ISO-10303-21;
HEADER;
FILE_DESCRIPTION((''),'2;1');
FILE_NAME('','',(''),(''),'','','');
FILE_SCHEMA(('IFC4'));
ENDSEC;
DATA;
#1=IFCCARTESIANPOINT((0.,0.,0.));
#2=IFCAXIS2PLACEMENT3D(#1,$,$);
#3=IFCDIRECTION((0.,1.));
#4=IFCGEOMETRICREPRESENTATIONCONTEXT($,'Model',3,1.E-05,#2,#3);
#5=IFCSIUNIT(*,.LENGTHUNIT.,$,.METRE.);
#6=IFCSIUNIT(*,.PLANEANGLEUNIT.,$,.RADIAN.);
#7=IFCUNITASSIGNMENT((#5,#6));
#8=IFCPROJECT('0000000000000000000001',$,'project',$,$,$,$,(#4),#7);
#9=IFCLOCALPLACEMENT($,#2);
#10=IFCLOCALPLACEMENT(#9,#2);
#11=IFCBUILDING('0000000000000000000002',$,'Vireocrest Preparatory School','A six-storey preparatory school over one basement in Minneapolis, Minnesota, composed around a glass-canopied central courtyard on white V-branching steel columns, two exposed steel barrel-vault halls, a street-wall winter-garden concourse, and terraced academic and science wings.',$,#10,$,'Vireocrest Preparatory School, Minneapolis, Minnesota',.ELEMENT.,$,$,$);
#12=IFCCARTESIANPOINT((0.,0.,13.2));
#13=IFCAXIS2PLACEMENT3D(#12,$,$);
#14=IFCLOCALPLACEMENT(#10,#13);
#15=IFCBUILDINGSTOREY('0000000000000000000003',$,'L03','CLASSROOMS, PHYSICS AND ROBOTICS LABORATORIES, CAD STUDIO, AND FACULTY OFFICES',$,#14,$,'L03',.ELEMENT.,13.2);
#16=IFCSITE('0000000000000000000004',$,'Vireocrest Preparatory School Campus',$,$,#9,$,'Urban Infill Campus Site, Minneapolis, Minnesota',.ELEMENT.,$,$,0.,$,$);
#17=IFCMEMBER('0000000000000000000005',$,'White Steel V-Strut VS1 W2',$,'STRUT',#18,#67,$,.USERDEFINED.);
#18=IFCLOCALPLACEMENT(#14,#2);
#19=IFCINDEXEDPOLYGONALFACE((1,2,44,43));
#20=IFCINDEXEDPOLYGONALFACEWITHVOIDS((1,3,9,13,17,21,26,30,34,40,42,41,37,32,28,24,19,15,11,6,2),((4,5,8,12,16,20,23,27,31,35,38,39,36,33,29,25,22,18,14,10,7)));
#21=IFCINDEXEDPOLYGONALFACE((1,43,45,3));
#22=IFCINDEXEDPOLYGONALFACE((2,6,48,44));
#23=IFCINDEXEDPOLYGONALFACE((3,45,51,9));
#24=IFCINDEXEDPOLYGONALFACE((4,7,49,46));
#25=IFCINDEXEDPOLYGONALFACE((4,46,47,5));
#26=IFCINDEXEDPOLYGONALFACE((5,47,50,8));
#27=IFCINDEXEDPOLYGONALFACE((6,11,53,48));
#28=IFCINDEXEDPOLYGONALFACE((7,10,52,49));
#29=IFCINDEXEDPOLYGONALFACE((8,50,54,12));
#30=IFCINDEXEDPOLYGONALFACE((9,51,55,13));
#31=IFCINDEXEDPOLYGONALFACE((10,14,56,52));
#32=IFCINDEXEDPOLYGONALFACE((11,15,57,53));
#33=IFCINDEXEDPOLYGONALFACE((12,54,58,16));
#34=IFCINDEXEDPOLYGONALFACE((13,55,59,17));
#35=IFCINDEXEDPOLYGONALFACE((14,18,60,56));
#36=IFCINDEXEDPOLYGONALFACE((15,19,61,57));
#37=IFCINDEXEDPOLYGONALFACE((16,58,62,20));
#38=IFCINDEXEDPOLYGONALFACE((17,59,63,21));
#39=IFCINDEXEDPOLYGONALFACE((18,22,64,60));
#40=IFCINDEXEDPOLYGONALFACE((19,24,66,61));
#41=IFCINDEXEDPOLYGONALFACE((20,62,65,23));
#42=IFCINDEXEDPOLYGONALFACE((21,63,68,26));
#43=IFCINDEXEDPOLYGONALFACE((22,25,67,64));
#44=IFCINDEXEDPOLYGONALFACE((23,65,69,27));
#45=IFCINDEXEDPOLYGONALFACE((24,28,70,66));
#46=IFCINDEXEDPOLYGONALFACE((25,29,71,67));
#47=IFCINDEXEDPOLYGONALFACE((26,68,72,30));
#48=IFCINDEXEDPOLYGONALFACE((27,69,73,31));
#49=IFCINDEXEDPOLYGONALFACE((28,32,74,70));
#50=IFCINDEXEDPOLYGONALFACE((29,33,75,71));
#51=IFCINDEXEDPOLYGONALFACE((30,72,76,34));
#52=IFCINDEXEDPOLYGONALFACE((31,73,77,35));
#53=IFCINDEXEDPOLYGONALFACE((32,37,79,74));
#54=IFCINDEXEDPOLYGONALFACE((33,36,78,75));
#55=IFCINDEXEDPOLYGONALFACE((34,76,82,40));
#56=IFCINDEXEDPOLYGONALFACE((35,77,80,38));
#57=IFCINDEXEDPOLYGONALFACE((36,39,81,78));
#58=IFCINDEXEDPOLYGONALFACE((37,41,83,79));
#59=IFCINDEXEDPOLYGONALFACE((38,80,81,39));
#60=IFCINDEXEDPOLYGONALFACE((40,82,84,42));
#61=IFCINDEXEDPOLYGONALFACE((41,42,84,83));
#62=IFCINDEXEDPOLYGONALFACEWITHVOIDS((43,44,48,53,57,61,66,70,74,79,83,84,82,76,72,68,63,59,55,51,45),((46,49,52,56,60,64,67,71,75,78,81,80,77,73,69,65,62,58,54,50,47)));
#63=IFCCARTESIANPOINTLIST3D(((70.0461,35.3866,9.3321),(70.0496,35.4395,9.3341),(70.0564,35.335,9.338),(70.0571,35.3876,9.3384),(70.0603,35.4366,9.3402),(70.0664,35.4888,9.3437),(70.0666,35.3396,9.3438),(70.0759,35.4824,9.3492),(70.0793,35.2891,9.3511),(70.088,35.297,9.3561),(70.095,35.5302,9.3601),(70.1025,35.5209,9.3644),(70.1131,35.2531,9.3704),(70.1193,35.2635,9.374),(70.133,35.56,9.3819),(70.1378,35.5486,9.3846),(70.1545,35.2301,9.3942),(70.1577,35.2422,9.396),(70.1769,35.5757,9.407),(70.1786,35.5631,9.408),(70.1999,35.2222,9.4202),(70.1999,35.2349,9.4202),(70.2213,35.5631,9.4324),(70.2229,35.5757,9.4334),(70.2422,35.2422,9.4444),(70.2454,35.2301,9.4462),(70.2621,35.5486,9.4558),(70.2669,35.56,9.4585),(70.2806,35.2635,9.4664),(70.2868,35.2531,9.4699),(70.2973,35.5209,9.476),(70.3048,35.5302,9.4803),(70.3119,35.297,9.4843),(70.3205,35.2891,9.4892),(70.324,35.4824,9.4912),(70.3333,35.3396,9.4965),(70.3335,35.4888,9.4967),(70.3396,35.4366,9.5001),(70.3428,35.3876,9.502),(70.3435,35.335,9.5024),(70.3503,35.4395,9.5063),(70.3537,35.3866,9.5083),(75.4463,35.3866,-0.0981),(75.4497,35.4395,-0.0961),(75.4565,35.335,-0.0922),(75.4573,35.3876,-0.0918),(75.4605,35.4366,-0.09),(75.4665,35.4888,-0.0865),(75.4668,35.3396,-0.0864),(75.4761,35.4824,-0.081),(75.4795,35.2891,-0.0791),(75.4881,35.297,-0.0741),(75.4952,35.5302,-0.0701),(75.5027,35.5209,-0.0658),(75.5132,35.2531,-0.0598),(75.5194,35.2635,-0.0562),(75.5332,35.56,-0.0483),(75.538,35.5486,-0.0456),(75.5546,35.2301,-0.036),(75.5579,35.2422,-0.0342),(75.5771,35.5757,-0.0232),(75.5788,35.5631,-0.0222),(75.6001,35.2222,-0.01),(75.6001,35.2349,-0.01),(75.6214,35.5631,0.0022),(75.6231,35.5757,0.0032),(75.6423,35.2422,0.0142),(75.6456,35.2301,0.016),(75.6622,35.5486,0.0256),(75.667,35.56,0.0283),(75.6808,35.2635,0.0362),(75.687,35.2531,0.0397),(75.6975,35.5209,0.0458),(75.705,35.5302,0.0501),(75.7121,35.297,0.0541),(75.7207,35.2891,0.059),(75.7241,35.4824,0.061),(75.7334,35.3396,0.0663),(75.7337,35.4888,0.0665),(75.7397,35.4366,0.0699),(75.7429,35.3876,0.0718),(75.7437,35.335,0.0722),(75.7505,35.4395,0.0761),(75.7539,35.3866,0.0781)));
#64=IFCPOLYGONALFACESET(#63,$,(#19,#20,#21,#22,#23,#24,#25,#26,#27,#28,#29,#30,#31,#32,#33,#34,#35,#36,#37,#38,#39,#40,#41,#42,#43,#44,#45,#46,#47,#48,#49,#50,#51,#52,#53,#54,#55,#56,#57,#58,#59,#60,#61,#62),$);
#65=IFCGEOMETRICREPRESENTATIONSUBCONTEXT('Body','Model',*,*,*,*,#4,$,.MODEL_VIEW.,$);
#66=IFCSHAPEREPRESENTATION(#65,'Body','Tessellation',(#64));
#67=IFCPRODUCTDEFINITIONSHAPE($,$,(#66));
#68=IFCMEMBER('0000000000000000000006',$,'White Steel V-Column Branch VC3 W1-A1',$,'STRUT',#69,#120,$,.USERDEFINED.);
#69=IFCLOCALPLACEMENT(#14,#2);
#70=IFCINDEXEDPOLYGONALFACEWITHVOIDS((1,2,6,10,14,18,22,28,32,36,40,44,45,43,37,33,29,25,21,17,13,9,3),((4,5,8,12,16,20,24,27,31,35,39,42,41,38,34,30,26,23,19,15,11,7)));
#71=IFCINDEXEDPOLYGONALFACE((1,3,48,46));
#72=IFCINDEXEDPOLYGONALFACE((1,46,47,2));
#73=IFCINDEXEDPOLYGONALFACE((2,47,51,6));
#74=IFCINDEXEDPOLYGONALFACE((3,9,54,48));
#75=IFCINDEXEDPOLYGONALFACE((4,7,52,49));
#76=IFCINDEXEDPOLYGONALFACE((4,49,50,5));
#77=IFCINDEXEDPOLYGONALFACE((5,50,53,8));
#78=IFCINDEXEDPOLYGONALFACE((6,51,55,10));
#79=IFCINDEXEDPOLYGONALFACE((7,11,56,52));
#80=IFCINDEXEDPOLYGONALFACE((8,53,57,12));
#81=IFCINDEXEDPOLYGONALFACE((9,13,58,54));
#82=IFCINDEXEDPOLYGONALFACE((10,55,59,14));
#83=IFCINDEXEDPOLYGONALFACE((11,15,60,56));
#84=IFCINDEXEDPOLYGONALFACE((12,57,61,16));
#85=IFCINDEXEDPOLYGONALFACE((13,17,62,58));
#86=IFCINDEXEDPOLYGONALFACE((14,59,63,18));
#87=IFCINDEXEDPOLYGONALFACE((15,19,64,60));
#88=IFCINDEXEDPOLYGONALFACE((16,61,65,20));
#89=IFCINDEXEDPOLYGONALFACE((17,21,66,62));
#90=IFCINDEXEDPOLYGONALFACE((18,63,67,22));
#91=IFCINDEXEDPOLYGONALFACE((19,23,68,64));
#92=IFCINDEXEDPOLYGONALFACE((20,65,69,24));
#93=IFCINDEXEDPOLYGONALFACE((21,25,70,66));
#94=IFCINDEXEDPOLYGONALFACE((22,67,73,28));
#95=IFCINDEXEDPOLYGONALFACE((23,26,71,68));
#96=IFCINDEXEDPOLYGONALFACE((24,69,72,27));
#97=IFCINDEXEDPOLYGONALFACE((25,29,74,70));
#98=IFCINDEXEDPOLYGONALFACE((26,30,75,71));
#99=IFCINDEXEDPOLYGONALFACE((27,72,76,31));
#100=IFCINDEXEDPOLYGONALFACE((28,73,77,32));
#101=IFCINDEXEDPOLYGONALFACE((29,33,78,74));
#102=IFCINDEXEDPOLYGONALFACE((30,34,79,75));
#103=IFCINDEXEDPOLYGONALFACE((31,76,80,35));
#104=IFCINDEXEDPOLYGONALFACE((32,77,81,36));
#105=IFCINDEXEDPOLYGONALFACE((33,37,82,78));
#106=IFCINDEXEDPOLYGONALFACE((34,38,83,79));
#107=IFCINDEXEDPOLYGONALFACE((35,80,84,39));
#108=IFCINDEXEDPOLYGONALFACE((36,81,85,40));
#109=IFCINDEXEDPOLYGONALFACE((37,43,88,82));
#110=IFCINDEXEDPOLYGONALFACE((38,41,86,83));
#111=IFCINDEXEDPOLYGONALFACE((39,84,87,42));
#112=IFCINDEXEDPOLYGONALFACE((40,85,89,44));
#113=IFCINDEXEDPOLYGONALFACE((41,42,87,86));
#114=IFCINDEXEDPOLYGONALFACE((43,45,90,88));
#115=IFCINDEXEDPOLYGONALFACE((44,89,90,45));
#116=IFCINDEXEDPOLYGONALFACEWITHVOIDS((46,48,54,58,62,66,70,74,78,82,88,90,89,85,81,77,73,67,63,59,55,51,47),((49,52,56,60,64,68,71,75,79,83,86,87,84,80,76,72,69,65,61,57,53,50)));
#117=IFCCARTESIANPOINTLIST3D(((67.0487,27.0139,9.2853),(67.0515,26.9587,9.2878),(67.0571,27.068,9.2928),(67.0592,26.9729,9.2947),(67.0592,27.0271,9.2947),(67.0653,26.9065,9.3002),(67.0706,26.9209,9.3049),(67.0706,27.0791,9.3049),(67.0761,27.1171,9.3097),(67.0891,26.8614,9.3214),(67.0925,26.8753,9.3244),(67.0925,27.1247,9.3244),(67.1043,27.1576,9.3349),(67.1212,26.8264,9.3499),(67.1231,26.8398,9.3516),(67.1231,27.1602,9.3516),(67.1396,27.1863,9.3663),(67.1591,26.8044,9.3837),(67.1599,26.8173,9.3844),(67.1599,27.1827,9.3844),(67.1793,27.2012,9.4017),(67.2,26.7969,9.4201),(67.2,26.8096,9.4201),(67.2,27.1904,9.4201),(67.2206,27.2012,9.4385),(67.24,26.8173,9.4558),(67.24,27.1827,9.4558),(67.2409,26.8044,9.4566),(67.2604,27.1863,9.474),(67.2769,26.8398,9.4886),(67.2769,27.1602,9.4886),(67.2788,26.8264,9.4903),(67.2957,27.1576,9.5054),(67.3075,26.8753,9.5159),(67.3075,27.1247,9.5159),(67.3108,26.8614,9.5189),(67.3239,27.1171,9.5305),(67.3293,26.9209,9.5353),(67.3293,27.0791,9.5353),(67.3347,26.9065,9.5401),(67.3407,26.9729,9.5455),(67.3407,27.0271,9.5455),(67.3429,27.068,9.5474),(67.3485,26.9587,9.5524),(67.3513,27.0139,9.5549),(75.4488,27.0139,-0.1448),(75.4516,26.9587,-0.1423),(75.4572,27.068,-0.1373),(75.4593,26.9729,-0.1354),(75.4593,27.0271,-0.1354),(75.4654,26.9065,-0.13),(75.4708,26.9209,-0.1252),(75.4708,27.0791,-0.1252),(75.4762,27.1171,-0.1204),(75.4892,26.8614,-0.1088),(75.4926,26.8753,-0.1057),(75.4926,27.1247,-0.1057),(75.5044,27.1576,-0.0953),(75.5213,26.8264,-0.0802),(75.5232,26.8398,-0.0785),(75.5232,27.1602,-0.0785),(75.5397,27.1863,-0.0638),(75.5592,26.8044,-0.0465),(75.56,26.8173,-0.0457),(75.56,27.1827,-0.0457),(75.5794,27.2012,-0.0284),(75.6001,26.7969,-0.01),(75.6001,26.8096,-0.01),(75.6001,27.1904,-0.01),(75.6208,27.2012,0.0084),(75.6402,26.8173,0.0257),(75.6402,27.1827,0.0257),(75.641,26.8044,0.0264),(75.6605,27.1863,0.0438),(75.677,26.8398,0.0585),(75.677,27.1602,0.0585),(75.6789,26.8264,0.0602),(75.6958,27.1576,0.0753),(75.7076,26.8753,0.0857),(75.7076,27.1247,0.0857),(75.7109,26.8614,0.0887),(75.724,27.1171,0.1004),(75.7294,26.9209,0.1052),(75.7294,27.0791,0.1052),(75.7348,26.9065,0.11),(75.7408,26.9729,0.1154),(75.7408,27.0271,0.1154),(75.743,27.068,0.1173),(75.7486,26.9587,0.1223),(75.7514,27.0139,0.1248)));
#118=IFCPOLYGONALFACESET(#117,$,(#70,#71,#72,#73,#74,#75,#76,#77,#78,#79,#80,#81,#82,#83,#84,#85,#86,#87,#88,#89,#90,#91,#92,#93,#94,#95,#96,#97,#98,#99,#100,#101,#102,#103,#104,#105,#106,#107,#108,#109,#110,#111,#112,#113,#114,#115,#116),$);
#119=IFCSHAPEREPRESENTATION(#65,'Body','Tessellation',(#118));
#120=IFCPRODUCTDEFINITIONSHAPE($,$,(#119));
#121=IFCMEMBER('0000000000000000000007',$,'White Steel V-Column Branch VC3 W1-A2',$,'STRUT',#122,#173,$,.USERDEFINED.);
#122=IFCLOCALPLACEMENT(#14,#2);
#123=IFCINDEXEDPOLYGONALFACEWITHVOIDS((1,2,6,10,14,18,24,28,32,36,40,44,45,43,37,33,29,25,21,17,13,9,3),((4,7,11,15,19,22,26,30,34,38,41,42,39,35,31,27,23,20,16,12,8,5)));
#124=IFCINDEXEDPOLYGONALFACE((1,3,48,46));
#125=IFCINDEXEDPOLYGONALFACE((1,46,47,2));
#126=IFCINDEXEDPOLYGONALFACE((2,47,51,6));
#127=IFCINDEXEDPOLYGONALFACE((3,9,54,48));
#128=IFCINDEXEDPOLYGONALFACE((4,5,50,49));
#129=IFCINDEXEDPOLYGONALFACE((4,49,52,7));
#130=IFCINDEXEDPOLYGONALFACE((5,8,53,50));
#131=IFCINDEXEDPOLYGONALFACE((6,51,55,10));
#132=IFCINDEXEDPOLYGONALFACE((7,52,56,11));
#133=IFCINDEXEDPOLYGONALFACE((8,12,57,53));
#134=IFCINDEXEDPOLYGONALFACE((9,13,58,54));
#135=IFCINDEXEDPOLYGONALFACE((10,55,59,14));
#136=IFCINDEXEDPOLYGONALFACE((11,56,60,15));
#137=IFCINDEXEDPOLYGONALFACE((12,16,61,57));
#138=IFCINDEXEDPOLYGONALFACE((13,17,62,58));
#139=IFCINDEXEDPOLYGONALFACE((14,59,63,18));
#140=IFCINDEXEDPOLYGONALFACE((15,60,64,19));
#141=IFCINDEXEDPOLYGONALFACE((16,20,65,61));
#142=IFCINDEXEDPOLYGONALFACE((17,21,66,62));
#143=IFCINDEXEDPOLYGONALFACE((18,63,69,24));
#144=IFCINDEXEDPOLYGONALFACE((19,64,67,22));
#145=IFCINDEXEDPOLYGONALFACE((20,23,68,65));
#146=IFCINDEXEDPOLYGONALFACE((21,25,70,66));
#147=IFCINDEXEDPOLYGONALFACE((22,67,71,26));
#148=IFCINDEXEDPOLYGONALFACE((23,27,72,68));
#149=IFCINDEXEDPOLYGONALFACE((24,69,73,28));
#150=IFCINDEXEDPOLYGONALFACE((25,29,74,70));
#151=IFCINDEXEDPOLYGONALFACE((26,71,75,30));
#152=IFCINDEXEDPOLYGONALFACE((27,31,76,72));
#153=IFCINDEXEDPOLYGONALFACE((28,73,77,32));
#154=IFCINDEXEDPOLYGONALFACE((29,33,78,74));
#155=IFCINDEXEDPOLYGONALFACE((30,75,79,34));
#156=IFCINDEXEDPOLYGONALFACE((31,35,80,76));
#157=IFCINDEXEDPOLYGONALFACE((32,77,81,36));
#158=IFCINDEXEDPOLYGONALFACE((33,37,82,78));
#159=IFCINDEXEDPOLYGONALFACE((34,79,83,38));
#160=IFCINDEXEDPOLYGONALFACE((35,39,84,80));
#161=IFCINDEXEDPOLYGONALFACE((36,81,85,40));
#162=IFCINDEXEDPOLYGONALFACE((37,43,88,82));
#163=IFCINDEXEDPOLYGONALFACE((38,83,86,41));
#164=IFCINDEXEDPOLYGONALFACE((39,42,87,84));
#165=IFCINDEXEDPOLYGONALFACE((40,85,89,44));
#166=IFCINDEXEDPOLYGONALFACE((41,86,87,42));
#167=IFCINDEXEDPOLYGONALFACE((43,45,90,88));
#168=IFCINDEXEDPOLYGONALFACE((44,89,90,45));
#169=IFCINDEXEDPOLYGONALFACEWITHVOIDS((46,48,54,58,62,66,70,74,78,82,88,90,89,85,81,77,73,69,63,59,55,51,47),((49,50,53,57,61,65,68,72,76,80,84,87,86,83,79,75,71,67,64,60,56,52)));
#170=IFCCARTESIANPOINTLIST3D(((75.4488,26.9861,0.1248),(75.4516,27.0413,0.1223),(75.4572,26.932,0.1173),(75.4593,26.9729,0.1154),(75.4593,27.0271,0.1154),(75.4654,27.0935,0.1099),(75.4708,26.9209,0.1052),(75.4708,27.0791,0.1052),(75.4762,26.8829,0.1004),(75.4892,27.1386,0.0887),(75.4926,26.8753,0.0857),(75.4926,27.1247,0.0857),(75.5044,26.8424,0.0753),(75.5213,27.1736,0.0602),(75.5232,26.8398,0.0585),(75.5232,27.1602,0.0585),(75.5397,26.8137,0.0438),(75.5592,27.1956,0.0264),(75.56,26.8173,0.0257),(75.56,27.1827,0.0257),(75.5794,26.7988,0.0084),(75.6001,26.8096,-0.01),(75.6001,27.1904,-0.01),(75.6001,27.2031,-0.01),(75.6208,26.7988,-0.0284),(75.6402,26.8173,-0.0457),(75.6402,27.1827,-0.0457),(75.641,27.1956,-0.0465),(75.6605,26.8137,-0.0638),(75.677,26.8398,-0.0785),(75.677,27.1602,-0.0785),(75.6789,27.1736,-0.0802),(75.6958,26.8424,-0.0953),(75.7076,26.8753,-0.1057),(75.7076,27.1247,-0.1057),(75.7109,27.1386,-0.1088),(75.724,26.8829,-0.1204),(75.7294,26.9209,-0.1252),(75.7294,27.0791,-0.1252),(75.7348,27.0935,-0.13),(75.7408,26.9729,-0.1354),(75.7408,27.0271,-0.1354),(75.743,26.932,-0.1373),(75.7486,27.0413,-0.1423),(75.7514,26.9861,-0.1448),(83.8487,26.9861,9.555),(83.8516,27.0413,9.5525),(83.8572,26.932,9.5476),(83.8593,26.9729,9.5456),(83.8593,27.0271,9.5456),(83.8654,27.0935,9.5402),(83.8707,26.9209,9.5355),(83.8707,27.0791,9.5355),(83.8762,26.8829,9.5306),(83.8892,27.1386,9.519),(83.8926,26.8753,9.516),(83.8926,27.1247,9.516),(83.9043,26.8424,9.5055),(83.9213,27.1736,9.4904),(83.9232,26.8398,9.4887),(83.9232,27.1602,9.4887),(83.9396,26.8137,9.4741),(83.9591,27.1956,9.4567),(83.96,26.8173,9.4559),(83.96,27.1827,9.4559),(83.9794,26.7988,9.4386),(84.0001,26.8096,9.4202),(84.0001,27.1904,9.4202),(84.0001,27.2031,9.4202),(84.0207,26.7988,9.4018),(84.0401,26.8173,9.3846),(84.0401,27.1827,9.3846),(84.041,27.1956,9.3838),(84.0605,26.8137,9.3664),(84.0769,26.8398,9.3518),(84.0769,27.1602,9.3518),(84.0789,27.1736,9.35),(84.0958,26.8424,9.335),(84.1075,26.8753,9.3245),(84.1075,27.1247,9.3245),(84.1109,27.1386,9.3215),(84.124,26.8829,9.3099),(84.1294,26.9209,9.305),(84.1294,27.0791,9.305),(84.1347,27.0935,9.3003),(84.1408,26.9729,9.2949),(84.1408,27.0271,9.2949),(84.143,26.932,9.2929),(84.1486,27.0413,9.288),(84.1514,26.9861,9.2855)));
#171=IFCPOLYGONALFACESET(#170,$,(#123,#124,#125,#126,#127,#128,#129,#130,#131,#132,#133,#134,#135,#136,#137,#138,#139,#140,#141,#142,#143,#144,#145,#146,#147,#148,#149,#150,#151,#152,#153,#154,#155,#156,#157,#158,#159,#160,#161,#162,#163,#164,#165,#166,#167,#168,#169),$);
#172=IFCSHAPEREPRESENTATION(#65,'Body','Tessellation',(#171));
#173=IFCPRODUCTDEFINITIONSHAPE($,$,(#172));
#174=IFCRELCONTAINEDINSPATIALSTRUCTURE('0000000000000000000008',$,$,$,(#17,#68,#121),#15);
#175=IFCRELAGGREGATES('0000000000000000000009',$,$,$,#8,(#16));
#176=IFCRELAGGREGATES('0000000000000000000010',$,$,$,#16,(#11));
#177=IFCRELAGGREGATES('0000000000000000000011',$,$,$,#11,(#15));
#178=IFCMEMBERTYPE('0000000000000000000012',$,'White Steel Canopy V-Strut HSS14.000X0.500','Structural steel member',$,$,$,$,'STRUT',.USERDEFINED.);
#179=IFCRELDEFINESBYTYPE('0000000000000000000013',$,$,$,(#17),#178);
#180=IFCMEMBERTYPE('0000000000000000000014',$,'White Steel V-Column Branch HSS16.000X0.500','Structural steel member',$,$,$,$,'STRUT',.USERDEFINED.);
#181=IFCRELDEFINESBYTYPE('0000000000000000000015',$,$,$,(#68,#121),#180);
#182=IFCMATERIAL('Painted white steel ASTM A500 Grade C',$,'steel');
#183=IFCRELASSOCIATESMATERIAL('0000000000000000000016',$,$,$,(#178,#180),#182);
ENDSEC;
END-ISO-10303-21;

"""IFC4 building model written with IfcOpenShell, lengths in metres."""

from ifc_helpers import new_model, si_unit, direction, frame, origin, origin_2d, place, context, subcontext, project, spatial, hollow_circle, extrude, material, material_profile, profile_set, type_object, element, save


model = new_model("IFC4")

# Units and contexts
model_context = context("Model", 3, precision=1e-05, world=origin(), true_north=direction((0.0, 1.0)))
body_context = subcontext(model_context, "Body", "Model", "MODEL_VIEW")
ifc_project = project(units=[si_unit("LENGTHUNIT", "METRE"), si_unit("PLANEANGLEUNIT", "RADIAN")], contexts=[model_context])

# Site, building, storey
site_placement = place(None, origin())
site = spatial("IfcSite", under=ifc_project, at=site_placement, Name="Vireocrest Preparatory School Campus", LongName="Urban Infill Campus Site, Minneapolis, Minnesota", CompositionType="ELEMENT", RefElevation=0.0)
building_placement = place(site_placement, origin())
building = spatial("IfcBuilding", under=site, at=building_placement, Name="Vireocrest Preparatory School", Description="A six-storey preparatory school over one basement in Minneapolis, Minnesota, composed around a glass-canopied central courtyard on white V-branching steel columns, two exposed steel barrel-vault halls, a street-wall winter-garden concourse, and terraced academic and science wings.", LongName="Vireocrest Preparatory School, Minneapolis, Minnesota", CompositionType="ELEMENT")
storey_placement = place(building_placement, frame((0.0, 0.0, 13.2)))
storey = spatial("IfcBuildingStorey", under=building, at=storey_placement, Name="L03", Description="CLASSROOMS, PHYSICS AND ROBOTICS LABORATORIES, CAD STUDIO, AND FACULTY OFFICES", LongName="L03", CompositionType="ELEMENT", Elevation=13.2)

# Members
ifc_material_1 = material(Name="Painted white steel ASTM A500 Grade C", Category="steel")
ifc_material_profile_1 = material_profile(ifc_material_1, hollow_circle(Radius=0.1777, WallThickness=0.0127, at=origin_2d()), Name="HSS14.000X0.500")
ifc_profile_set_1 = profile_set([ifc_material_profile_1], Name="Painted white steel ASTM A500 Grade C")
member_type_1 = type_object("IfcMemberType", Name="White Steel Canopy V-Strut HSS14.000X0.500", Description="Structural steel member", ElementType="STRUT", PredefinedType="USERDEFINED", material=ifc_profile_set_1)
for number, where, z_axis, x_axis, name in (
    (1, (75.6001, 35.3999, -0.01), (-0.496935, 0.0, 0.867788), (0.0, -1.0, 0.0), "White Steel V-Strut VS1 W2"),
):
    element("IfcMember", number, at=place(storey_placement, frame(where, z_axis=z_axis, x_axis=x_axis)), inside=storey, type_object=member_type_1, Name=name, ObjectType="STRUT", PredefinedType="USERDEFINED", context=body_context, shape_type="SweptSolid", body=[
        extrude(hollow_circle(Radius=0.1777, WallThickness=0.0127, at=origin_2d()), origin(), (0.0, 0.0, 1.0), 10.8669),
    ])
ifc_material_profile_2 = material_profile(ifc_material_1, hollow_circle(Radius=0.2031, WallThickness=0.0127, at=origin_2d()), Name="HSS16.000X0.500")
ifc_profile_set_2 = profile_set([ifc_material_profile_2], Name="Painted white steel ASTM A500 Grade C")
member_type_2 = type_object("IfcMemberType", Name="White Steel V-Column Branch HSS16.000X0.500", Description="Structural steel member", ElementType="STRUT", PredefinedType="USERDEFINED", material=ifc_profile_set_2)
for number, where, z_axis, x_axis, name in (
    (2, (75.6001, 27.0, -0.01), (-0.665149, 0.0, 0.74671), (0.0, -1.0, 0.0), "White Steel V-Column Branch VC3 W1-A1"),
    (3, (75.6001, 27.0, -0.01), (0.665139, 0.0, 0.74672), (0.0, 1.0, 0.0), "White Steel V-Column Branch VC3 W1-A2"),
):
    element("IfcMember", number, at=place(storey_placement, frame(where, z_axis=z_axis, x_axis=x_axis)), inside=storey, type_object=member_type_2, Name=name, ObjectType="STRUT", PredefinedType="USERDEFINED", context=body_context, shape_type="SweptSolid", body=[
        extrude(hollow_circle(Radius=0.2031, WallThickness=0.0127, at=origin_2d()), origin(), (0.0, 0.0, 1.0), 12.6289),
    ])

save(model, "model.ifc")
